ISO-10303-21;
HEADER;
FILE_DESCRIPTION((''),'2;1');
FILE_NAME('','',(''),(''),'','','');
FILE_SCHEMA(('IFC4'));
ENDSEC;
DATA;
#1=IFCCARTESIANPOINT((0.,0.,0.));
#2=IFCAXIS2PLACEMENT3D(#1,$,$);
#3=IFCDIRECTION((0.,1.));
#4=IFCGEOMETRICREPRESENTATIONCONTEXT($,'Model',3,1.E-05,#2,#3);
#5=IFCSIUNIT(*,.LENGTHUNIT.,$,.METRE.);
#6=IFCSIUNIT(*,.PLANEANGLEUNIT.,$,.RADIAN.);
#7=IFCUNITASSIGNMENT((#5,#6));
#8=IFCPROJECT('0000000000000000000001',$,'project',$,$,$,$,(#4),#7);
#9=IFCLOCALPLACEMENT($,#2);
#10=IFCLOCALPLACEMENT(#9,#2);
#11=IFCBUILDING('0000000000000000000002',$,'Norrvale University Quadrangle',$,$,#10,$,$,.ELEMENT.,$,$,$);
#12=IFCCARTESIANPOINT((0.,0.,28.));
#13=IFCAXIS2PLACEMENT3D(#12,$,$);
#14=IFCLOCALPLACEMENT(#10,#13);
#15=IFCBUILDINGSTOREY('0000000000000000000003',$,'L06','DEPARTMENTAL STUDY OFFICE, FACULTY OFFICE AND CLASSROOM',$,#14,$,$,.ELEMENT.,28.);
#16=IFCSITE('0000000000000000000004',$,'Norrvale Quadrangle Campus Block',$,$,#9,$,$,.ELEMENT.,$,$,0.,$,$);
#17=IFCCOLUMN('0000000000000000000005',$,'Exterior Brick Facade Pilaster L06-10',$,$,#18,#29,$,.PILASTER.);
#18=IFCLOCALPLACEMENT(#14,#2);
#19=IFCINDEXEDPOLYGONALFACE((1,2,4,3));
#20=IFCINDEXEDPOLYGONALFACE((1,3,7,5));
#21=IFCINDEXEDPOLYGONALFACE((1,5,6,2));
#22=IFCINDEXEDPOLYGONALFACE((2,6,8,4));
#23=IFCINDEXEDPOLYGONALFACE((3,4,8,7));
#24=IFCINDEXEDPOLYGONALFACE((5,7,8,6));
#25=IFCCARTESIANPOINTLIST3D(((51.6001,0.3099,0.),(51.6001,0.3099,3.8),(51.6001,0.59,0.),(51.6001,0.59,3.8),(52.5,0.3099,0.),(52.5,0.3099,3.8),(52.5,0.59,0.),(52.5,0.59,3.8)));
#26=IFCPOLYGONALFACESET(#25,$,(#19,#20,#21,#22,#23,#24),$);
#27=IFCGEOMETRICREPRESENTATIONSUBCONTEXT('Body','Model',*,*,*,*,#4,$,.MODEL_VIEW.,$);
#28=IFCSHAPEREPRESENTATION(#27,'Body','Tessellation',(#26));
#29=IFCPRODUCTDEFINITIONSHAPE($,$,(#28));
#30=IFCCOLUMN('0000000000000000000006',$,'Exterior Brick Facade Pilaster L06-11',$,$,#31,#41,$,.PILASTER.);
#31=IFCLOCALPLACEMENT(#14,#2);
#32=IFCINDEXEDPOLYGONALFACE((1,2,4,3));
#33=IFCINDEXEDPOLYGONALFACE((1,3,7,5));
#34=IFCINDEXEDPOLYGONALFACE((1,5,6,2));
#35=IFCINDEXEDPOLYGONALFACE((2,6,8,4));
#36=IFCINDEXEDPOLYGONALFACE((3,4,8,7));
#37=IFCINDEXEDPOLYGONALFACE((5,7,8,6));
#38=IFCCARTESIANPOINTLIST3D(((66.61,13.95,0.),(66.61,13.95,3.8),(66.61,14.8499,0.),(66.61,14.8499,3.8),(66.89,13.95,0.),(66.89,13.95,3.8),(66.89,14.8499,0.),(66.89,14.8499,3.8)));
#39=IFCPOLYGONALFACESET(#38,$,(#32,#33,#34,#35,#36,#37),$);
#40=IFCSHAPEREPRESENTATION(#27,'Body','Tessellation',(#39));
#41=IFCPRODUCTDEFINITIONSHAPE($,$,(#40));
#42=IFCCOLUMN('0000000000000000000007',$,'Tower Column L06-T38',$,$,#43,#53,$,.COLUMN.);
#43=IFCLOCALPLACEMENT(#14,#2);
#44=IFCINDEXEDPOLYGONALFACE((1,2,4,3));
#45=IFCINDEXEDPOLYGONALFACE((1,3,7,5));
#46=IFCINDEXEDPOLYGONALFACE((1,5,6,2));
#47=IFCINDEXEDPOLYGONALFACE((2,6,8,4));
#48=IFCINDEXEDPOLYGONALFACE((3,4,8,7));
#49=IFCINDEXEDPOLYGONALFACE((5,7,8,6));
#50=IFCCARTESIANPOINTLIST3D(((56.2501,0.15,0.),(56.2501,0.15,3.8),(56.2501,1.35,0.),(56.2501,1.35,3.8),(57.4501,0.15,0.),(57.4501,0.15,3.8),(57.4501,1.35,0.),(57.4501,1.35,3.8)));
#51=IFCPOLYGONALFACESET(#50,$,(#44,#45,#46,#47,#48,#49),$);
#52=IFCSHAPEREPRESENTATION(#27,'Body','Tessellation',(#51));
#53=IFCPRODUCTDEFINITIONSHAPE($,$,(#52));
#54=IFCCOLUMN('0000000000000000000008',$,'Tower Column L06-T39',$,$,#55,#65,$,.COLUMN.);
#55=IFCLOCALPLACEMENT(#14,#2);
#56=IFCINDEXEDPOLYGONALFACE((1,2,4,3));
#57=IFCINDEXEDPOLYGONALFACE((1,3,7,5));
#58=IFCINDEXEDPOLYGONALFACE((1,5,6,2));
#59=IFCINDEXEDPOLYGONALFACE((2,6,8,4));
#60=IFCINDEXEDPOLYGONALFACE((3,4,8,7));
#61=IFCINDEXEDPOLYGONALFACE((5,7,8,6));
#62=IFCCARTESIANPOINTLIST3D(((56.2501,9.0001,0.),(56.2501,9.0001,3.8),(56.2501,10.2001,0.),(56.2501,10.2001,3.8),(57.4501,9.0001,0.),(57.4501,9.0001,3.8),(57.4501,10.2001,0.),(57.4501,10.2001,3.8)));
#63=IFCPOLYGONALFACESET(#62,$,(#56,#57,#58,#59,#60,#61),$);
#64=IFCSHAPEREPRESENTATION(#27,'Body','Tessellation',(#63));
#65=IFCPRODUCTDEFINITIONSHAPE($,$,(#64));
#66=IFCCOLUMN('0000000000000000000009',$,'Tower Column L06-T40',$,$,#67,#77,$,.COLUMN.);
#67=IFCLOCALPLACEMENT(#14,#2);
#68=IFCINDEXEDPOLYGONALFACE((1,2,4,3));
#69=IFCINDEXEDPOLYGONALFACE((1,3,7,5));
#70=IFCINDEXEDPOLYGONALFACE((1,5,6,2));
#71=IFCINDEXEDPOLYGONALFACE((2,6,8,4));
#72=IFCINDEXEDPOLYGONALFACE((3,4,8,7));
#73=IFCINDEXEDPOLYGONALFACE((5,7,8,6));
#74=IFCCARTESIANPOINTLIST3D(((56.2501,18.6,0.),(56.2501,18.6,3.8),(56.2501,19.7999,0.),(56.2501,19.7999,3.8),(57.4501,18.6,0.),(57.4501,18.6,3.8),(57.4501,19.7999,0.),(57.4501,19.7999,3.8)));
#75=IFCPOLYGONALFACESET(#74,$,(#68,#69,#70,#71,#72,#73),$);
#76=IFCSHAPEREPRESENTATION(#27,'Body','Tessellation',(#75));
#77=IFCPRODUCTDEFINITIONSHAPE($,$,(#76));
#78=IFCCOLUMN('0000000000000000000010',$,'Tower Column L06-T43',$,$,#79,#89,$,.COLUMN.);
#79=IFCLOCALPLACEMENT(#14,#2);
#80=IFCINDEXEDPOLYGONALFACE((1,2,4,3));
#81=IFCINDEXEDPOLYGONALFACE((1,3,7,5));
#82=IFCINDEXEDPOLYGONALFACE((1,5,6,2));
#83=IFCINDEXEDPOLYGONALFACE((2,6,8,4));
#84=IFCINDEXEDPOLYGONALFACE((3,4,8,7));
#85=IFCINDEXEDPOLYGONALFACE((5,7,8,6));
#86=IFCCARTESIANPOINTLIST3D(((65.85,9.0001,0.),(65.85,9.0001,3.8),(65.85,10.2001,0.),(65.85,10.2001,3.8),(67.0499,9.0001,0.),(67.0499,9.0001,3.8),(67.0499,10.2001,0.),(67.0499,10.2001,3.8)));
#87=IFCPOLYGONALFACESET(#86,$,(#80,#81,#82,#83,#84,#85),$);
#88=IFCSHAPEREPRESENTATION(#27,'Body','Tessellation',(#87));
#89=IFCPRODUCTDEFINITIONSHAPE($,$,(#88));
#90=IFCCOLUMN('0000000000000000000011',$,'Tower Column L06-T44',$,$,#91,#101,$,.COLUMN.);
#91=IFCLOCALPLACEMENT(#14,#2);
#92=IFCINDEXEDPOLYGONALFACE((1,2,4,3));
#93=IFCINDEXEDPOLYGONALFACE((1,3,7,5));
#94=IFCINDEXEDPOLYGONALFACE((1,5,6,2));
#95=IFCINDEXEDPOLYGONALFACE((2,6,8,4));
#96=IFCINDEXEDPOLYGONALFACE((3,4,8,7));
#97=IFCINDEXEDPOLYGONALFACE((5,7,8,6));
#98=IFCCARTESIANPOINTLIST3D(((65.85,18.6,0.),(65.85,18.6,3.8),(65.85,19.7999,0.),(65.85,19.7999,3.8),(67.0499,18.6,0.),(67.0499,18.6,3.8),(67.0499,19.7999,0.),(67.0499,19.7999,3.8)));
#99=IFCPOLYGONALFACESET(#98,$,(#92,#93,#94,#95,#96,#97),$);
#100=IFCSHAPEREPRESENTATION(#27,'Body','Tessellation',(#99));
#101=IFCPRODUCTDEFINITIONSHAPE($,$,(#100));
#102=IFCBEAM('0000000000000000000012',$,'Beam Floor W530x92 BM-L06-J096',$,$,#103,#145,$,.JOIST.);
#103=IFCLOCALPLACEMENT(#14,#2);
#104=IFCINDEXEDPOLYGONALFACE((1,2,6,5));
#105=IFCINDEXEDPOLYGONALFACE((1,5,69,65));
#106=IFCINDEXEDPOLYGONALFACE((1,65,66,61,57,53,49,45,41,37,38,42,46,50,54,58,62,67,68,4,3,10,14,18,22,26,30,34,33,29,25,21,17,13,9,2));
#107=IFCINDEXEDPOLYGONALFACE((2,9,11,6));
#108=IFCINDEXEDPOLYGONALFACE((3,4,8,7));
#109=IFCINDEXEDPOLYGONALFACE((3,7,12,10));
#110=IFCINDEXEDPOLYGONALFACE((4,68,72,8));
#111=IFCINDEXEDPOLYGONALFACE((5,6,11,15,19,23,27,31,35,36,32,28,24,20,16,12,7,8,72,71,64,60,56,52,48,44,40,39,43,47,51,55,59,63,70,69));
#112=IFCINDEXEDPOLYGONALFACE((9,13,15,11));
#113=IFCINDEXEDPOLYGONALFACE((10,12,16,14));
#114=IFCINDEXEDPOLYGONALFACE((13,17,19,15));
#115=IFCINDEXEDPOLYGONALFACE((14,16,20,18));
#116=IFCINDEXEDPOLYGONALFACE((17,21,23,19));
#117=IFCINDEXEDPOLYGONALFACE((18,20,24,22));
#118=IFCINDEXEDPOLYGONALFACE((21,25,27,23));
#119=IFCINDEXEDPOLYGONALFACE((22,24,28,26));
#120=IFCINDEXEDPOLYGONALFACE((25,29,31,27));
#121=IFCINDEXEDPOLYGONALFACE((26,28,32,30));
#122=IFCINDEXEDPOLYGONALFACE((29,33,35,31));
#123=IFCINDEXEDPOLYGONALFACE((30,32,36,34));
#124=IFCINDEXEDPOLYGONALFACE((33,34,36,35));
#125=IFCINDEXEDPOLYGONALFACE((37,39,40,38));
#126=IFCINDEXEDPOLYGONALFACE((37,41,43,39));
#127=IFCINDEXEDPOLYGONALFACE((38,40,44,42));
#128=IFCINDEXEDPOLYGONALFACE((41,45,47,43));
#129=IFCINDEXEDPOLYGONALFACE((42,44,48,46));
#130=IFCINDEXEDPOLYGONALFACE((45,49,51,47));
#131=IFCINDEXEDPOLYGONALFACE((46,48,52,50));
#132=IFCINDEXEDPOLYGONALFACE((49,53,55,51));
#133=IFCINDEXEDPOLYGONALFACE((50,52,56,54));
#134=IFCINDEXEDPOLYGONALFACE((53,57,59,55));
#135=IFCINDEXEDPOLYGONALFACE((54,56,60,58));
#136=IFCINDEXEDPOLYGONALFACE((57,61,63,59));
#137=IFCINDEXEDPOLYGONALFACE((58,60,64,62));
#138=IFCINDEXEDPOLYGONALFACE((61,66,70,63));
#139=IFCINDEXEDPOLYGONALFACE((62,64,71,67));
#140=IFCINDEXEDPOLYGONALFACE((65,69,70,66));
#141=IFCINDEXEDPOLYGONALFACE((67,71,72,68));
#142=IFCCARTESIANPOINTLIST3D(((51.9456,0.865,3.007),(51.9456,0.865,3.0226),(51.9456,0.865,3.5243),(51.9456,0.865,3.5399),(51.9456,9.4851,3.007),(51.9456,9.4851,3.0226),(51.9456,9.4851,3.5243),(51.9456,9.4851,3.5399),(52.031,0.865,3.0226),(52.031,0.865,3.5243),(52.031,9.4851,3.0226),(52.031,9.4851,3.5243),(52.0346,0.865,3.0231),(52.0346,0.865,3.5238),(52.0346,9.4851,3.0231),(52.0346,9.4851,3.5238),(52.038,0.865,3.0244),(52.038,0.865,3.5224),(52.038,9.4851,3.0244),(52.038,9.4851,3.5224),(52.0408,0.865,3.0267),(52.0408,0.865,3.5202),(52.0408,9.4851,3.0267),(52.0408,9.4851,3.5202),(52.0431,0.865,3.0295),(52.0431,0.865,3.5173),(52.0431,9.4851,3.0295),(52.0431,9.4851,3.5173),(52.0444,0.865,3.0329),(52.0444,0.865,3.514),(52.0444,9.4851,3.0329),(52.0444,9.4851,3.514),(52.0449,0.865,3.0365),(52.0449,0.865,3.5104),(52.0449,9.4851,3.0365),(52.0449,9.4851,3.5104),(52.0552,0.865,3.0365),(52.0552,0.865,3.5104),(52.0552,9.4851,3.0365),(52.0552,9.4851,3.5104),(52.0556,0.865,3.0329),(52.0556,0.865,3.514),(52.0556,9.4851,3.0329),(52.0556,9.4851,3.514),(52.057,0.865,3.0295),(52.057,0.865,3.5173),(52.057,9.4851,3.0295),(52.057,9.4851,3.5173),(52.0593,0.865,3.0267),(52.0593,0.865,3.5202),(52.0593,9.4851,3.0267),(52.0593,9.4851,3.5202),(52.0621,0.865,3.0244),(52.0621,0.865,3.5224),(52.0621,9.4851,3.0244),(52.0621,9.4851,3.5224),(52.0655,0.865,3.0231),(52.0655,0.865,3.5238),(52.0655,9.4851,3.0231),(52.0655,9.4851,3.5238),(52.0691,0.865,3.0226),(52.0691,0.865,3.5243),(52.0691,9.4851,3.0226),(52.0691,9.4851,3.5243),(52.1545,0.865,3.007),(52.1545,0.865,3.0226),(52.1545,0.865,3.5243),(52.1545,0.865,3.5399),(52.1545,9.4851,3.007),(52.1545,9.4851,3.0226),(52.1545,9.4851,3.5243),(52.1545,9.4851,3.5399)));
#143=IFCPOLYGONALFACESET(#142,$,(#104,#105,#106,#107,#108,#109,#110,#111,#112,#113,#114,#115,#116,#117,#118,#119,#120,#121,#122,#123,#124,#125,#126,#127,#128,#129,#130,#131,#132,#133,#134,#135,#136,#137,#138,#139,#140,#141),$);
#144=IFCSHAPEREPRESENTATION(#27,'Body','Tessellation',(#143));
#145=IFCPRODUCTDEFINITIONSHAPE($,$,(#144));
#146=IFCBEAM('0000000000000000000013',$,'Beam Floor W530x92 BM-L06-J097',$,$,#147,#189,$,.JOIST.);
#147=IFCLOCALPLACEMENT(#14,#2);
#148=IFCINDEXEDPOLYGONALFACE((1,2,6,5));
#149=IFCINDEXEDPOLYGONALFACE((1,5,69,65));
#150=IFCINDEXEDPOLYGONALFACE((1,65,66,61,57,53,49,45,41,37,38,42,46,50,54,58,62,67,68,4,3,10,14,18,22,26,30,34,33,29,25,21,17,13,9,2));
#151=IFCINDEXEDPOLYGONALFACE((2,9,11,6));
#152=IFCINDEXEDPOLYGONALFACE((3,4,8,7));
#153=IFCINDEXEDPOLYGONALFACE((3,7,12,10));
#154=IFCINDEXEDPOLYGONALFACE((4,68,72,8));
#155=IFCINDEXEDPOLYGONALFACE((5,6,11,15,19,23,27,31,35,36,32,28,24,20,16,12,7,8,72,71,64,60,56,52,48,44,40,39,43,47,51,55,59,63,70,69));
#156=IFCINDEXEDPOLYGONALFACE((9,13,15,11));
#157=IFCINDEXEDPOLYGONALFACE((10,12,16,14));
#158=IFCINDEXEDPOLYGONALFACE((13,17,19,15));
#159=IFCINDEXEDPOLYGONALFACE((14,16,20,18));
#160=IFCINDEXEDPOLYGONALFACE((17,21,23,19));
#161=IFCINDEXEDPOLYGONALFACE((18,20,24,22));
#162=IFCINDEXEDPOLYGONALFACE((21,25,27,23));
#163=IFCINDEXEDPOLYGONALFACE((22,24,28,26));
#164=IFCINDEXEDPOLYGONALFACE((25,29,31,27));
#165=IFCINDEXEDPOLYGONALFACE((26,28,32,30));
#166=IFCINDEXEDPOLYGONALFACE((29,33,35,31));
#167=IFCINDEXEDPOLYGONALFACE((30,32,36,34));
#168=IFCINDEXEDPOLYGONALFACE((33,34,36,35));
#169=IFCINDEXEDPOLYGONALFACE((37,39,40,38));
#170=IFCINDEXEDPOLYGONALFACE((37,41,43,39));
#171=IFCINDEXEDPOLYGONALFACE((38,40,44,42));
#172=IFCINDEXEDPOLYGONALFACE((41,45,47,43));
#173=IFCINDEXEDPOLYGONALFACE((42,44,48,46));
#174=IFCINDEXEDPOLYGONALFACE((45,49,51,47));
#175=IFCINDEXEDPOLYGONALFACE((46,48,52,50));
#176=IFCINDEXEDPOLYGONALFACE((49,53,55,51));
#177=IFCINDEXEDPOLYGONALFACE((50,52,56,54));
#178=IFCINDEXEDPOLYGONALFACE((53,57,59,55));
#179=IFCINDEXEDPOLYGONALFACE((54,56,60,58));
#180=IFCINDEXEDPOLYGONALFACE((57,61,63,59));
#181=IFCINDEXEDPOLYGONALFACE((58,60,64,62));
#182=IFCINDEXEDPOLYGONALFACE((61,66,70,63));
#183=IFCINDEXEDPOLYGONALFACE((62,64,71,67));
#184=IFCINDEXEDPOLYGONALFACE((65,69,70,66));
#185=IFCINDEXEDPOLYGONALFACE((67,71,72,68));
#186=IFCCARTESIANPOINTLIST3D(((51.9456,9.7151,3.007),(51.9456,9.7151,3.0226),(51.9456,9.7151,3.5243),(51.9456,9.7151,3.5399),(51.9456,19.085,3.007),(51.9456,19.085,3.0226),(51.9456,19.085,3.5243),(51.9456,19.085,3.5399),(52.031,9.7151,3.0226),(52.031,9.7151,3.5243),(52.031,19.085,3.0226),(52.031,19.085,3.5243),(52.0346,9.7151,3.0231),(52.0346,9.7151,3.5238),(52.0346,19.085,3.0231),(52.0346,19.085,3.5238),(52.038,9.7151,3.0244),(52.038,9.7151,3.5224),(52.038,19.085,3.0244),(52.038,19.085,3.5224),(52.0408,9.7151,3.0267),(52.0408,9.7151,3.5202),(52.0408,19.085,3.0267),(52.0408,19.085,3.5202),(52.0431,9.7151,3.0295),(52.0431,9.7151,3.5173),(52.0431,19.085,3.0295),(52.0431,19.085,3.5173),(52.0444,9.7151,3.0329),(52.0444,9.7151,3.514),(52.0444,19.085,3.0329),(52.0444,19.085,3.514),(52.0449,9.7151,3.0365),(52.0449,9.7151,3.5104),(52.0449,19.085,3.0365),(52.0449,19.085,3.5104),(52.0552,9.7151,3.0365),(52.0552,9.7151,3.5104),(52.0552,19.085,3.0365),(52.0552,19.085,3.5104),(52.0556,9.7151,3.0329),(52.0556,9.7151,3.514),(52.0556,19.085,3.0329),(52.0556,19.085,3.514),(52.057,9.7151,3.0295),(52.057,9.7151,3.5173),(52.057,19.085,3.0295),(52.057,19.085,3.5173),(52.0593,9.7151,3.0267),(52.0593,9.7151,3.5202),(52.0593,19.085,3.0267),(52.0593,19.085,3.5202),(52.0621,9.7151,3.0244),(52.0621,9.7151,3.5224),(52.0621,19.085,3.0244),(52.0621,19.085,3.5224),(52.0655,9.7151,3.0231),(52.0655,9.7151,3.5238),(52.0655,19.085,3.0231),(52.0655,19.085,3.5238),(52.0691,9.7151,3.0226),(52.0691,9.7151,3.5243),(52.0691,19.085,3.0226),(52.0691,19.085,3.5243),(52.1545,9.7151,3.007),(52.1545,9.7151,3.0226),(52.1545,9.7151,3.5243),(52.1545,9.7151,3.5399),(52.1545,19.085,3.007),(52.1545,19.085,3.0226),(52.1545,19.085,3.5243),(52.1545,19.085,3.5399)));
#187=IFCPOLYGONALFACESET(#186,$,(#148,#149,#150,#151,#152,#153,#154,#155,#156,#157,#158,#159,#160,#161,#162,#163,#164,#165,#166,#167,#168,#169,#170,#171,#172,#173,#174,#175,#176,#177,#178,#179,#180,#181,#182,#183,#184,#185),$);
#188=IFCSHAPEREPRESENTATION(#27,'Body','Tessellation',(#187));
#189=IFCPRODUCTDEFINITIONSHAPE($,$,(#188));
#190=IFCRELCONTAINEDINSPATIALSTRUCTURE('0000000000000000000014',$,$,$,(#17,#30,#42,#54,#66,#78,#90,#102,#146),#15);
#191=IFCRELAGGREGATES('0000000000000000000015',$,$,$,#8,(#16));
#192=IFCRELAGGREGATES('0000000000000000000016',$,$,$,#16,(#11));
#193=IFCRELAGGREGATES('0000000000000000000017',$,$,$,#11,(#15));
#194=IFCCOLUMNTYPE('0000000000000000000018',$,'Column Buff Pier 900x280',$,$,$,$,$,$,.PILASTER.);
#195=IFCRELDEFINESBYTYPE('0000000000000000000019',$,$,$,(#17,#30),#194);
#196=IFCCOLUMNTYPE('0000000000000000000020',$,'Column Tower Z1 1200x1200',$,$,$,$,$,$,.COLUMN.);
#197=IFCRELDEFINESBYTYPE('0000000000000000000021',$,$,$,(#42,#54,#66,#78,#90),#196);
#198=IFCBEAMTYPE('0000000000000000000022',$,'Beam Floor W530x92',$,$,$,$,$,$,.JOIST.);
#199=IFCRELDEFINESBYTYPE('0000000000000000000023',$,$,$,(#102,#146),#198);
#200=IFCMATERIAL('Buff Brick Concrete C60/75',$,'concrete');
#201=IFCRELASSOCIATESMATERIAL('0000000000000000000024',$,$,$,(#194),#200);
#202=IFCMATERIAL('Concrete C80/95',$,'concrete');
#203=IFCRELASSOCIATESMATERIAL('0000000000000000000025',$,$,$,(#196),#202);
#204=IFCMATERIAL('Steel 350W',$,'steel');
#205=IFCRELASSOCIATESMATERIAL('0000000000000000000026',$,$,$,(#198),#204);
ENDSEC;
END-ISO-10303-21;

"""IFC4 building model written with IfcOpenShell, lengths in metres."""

from ifc_helpers import new_model, si_unit, direction, frame, origin, origin_2d, place, context, subcontext, project, spatial, rectangle, i_section, extrude, material, material_profile, profile_set, type_object, element, save


model = new_model("IFC4")

# Units and contexts
model_context = context("Model", 3, precision=1e-05, world=origin(), true_north=direction((0.0, 1.0)))
body_context = subcontext(model_context, "Body", "Model", "MODEL_VIEW")
ifc_project = project(units=[si_unit("LENGTHUNIT", "METRE"), si_unit("PLANEANGLEUNIT", "RADIAN")], contexts=[model_context])

# Site, building, storey
site_placement = place(None, origin())
site = spatial("IfcSite", under=ifc_project, at=site_placement, Name="Norrvale Quadrangle Campus Block", CompositionType="ELEMENT", RefElevation=0.0)
building_placement = place(site_placement, origin())
building = spatial("IfcBuilding", under=site, at=building_placement, Name="Norrvale University Quadrangle", CompositionType="ELEMENT")
storey_placement = place(building_placement, frame((0.0, 0.0, 28.0)))
storey = spatial("IfcBuildingStorey", under=building, at=storey_placement, Name="L06", Description="DEPARTMENTAL STUDY OFFICE, FACULTY OFFICE AND CLASSROOM", CompositionType="ELEMENT", Elevation=28.0)

# Columns
ifc_material_1 = material(Name="Buff Brick Concrete C60/75", Category="concrete")
ifc_material_profile_1 = material_profile(ifc_material_1, rectangle(XDim=0.8999, YDim=0.28, at=origin_2d()), Name="Buff Brick Concrete C60/75")
ifc_profile_set_1 = profile_set([ifc_material_profile_1], Name="Buff Brick Concrete C60/75")
column_type_1 = type_object("IfcColumnType", Name="Column Buff Pier 900x280", PredefinedType="PILASTER", material=ifc_profile_set_1)
for number, where, z_axis, x_axis, name in (
    (1, (52.05, 0.45, 0.0), (0.0, 0.0, 1.0), (1.0, 0.0, 0.0), "Exterior Brick Facade Pilaster L06-10"),
    (2, (66.75, 14.3999, 0.0), (0.0, 0.0, 1.0), (0.0, 1.0, 0.0), "Exterior Brick Facade Pilaster L06-11"),
):
    element("IfcColumn", number, at=place(storey_placement, frame(where, z_axis=z_axis, x_axis=x_axis)), inside=storey, type_object=column_type_1, Name=name, PredefinedType="PILASTER", context=body_context, shape_type="SweptSolid", body=[
        extrude(rectangle(XDim=0.8999, YDim=0.28, at=origin_2d()), origin(), (0.0, 0.0, 1.0), 3.8),
    ])
ifc_material_2 = material(Name="Concrete C80/95", Category="concrete")
ifc_material_profile_2 = material_profile(ifc_material_2, rectangle(XDim=1.2, YDim=1.2, at=origin_2d()), Name="Concrete C80/95")
ifc_profile_set_2 = profile_set([ifc_material_profile_2], Name="Concrete C80/95")
column_type_2 = type_object("IfcColumnType", Name="Column Tower Z1 1200x1200", PredefinedType="COLUMN", material=ifc_profile_set_2)
for number, where, z_axis, x_axis, name in (
    (3, (56.8501, 0.75, 0.0), (0.0, 0.0, 1.0), (1.0, 0.0, 0.0), "Tower Column L06-T38"),
    (4, (56.8501, 9.6001, 0.0), (0.0, 0.0, 1.0), (1.0, 0.0, 0.0), "Tower Column L06-T39"),
    (5, (56.8501, 19.2, 0.0), (0.0, 0.0, 1.0), (1.0, 0.0, 0.0), "Tower Column L06-T40"),
    (6, (66.45, 9.6001, 0.0), (0.0, 0.0, 1.0), (1.0, 0.0, 0.0), "Tower Column L06-T43"),
    (7, (66.45, 19.2, 0.0), (0.0, 0.0, 1.0), (1.0, 0.0, 0.0), "Tower Column L06-T44"),
):
    element("IfcColumn", number, at=place(storey_placement, frame(where, z_axis=z_axis, x_axis=x_axis)), inside=storey, type_object=column_type_2, Name=name, PredefinedType="COLUMN", context=body_context, shape_type="SweptSolid", body=[
        extrude(rectangle(XDim=1.2, YDim=1.2, at=origin_2d()), origin(), (0.0, 0.0, 1.0), 3.8),
    ])

# Beams
ifc_material_3 = material(Name="Steel 350W", Category="steel")
ifc_material_profile_3 = material_profile(ifc_material_3, i_section(OverallWidth=0.209, OverallDepth=0.533, WebThickness=0.0103, FlangeThickness=0.0156, FilletRadius=0.0139, at=origin_2d()), Name="Steel 350W")
ifc_profile_set_3 = profile_set([ifc_material_profile_3], Name="Steel 350W")
beam_type_1 = type_object("IfcBeamType", Name="Beam Floor W530x92", PredefinedType="JOIST", material=ifc_profile_set_3)
beam_1_placement = place(storey_placement, frame((52.05, 0.865, 3.2734), z_axis=(0.0, 1.0, 0.0), x_axis=(-1.0, 0.0, 0.0)))
element("IfcBeam", 8, at=beam_1_placement, inside=storey, type_object=beam_type_1, Name="Beam Floor W530x92 BM-L06-J096", PredefinedType="JOIST", context=body_context, shape_type="SweptSolid", body=[
    extrude(i_section(OverallWidth=0.209, OverallDepth=0.533, WebThickness=0.0103, FlangeThickness=0.0156, FilletRadius=0.0139, at=origin_2d()), origin(), (0.0, 0.0, 1.0), 8.6201),
])
for number, where, z_axis, x_axis, name in (
    (9, (52.05, 9.7151, 3.2734), (0.0, 1.0, 0.0), (-1.0, 0.0, 0.0), "Beam Floor W530x92 BM-L06-J097"),
):
    element("IfcBeam", number, at=place(storey_placement, frame(where, z_axis=z_axis, x_axis=x_axis)), inside=storey, type_object=beam_type_1, Name=name, PredefinedType="JOIST", context=body_context, shape_type="SweptSolid", body=[
        extrude(i_section(OverallWidth=0.209, OverallDepth=0.533, WebThickness=0.0103, FlangeThickness=0.0156, FilletRadius=0.0139, at=origin_2d()), origin(), (0.0, 0.0, 1.0), 9.3699),
    ])

save(model, "model.ifc")
